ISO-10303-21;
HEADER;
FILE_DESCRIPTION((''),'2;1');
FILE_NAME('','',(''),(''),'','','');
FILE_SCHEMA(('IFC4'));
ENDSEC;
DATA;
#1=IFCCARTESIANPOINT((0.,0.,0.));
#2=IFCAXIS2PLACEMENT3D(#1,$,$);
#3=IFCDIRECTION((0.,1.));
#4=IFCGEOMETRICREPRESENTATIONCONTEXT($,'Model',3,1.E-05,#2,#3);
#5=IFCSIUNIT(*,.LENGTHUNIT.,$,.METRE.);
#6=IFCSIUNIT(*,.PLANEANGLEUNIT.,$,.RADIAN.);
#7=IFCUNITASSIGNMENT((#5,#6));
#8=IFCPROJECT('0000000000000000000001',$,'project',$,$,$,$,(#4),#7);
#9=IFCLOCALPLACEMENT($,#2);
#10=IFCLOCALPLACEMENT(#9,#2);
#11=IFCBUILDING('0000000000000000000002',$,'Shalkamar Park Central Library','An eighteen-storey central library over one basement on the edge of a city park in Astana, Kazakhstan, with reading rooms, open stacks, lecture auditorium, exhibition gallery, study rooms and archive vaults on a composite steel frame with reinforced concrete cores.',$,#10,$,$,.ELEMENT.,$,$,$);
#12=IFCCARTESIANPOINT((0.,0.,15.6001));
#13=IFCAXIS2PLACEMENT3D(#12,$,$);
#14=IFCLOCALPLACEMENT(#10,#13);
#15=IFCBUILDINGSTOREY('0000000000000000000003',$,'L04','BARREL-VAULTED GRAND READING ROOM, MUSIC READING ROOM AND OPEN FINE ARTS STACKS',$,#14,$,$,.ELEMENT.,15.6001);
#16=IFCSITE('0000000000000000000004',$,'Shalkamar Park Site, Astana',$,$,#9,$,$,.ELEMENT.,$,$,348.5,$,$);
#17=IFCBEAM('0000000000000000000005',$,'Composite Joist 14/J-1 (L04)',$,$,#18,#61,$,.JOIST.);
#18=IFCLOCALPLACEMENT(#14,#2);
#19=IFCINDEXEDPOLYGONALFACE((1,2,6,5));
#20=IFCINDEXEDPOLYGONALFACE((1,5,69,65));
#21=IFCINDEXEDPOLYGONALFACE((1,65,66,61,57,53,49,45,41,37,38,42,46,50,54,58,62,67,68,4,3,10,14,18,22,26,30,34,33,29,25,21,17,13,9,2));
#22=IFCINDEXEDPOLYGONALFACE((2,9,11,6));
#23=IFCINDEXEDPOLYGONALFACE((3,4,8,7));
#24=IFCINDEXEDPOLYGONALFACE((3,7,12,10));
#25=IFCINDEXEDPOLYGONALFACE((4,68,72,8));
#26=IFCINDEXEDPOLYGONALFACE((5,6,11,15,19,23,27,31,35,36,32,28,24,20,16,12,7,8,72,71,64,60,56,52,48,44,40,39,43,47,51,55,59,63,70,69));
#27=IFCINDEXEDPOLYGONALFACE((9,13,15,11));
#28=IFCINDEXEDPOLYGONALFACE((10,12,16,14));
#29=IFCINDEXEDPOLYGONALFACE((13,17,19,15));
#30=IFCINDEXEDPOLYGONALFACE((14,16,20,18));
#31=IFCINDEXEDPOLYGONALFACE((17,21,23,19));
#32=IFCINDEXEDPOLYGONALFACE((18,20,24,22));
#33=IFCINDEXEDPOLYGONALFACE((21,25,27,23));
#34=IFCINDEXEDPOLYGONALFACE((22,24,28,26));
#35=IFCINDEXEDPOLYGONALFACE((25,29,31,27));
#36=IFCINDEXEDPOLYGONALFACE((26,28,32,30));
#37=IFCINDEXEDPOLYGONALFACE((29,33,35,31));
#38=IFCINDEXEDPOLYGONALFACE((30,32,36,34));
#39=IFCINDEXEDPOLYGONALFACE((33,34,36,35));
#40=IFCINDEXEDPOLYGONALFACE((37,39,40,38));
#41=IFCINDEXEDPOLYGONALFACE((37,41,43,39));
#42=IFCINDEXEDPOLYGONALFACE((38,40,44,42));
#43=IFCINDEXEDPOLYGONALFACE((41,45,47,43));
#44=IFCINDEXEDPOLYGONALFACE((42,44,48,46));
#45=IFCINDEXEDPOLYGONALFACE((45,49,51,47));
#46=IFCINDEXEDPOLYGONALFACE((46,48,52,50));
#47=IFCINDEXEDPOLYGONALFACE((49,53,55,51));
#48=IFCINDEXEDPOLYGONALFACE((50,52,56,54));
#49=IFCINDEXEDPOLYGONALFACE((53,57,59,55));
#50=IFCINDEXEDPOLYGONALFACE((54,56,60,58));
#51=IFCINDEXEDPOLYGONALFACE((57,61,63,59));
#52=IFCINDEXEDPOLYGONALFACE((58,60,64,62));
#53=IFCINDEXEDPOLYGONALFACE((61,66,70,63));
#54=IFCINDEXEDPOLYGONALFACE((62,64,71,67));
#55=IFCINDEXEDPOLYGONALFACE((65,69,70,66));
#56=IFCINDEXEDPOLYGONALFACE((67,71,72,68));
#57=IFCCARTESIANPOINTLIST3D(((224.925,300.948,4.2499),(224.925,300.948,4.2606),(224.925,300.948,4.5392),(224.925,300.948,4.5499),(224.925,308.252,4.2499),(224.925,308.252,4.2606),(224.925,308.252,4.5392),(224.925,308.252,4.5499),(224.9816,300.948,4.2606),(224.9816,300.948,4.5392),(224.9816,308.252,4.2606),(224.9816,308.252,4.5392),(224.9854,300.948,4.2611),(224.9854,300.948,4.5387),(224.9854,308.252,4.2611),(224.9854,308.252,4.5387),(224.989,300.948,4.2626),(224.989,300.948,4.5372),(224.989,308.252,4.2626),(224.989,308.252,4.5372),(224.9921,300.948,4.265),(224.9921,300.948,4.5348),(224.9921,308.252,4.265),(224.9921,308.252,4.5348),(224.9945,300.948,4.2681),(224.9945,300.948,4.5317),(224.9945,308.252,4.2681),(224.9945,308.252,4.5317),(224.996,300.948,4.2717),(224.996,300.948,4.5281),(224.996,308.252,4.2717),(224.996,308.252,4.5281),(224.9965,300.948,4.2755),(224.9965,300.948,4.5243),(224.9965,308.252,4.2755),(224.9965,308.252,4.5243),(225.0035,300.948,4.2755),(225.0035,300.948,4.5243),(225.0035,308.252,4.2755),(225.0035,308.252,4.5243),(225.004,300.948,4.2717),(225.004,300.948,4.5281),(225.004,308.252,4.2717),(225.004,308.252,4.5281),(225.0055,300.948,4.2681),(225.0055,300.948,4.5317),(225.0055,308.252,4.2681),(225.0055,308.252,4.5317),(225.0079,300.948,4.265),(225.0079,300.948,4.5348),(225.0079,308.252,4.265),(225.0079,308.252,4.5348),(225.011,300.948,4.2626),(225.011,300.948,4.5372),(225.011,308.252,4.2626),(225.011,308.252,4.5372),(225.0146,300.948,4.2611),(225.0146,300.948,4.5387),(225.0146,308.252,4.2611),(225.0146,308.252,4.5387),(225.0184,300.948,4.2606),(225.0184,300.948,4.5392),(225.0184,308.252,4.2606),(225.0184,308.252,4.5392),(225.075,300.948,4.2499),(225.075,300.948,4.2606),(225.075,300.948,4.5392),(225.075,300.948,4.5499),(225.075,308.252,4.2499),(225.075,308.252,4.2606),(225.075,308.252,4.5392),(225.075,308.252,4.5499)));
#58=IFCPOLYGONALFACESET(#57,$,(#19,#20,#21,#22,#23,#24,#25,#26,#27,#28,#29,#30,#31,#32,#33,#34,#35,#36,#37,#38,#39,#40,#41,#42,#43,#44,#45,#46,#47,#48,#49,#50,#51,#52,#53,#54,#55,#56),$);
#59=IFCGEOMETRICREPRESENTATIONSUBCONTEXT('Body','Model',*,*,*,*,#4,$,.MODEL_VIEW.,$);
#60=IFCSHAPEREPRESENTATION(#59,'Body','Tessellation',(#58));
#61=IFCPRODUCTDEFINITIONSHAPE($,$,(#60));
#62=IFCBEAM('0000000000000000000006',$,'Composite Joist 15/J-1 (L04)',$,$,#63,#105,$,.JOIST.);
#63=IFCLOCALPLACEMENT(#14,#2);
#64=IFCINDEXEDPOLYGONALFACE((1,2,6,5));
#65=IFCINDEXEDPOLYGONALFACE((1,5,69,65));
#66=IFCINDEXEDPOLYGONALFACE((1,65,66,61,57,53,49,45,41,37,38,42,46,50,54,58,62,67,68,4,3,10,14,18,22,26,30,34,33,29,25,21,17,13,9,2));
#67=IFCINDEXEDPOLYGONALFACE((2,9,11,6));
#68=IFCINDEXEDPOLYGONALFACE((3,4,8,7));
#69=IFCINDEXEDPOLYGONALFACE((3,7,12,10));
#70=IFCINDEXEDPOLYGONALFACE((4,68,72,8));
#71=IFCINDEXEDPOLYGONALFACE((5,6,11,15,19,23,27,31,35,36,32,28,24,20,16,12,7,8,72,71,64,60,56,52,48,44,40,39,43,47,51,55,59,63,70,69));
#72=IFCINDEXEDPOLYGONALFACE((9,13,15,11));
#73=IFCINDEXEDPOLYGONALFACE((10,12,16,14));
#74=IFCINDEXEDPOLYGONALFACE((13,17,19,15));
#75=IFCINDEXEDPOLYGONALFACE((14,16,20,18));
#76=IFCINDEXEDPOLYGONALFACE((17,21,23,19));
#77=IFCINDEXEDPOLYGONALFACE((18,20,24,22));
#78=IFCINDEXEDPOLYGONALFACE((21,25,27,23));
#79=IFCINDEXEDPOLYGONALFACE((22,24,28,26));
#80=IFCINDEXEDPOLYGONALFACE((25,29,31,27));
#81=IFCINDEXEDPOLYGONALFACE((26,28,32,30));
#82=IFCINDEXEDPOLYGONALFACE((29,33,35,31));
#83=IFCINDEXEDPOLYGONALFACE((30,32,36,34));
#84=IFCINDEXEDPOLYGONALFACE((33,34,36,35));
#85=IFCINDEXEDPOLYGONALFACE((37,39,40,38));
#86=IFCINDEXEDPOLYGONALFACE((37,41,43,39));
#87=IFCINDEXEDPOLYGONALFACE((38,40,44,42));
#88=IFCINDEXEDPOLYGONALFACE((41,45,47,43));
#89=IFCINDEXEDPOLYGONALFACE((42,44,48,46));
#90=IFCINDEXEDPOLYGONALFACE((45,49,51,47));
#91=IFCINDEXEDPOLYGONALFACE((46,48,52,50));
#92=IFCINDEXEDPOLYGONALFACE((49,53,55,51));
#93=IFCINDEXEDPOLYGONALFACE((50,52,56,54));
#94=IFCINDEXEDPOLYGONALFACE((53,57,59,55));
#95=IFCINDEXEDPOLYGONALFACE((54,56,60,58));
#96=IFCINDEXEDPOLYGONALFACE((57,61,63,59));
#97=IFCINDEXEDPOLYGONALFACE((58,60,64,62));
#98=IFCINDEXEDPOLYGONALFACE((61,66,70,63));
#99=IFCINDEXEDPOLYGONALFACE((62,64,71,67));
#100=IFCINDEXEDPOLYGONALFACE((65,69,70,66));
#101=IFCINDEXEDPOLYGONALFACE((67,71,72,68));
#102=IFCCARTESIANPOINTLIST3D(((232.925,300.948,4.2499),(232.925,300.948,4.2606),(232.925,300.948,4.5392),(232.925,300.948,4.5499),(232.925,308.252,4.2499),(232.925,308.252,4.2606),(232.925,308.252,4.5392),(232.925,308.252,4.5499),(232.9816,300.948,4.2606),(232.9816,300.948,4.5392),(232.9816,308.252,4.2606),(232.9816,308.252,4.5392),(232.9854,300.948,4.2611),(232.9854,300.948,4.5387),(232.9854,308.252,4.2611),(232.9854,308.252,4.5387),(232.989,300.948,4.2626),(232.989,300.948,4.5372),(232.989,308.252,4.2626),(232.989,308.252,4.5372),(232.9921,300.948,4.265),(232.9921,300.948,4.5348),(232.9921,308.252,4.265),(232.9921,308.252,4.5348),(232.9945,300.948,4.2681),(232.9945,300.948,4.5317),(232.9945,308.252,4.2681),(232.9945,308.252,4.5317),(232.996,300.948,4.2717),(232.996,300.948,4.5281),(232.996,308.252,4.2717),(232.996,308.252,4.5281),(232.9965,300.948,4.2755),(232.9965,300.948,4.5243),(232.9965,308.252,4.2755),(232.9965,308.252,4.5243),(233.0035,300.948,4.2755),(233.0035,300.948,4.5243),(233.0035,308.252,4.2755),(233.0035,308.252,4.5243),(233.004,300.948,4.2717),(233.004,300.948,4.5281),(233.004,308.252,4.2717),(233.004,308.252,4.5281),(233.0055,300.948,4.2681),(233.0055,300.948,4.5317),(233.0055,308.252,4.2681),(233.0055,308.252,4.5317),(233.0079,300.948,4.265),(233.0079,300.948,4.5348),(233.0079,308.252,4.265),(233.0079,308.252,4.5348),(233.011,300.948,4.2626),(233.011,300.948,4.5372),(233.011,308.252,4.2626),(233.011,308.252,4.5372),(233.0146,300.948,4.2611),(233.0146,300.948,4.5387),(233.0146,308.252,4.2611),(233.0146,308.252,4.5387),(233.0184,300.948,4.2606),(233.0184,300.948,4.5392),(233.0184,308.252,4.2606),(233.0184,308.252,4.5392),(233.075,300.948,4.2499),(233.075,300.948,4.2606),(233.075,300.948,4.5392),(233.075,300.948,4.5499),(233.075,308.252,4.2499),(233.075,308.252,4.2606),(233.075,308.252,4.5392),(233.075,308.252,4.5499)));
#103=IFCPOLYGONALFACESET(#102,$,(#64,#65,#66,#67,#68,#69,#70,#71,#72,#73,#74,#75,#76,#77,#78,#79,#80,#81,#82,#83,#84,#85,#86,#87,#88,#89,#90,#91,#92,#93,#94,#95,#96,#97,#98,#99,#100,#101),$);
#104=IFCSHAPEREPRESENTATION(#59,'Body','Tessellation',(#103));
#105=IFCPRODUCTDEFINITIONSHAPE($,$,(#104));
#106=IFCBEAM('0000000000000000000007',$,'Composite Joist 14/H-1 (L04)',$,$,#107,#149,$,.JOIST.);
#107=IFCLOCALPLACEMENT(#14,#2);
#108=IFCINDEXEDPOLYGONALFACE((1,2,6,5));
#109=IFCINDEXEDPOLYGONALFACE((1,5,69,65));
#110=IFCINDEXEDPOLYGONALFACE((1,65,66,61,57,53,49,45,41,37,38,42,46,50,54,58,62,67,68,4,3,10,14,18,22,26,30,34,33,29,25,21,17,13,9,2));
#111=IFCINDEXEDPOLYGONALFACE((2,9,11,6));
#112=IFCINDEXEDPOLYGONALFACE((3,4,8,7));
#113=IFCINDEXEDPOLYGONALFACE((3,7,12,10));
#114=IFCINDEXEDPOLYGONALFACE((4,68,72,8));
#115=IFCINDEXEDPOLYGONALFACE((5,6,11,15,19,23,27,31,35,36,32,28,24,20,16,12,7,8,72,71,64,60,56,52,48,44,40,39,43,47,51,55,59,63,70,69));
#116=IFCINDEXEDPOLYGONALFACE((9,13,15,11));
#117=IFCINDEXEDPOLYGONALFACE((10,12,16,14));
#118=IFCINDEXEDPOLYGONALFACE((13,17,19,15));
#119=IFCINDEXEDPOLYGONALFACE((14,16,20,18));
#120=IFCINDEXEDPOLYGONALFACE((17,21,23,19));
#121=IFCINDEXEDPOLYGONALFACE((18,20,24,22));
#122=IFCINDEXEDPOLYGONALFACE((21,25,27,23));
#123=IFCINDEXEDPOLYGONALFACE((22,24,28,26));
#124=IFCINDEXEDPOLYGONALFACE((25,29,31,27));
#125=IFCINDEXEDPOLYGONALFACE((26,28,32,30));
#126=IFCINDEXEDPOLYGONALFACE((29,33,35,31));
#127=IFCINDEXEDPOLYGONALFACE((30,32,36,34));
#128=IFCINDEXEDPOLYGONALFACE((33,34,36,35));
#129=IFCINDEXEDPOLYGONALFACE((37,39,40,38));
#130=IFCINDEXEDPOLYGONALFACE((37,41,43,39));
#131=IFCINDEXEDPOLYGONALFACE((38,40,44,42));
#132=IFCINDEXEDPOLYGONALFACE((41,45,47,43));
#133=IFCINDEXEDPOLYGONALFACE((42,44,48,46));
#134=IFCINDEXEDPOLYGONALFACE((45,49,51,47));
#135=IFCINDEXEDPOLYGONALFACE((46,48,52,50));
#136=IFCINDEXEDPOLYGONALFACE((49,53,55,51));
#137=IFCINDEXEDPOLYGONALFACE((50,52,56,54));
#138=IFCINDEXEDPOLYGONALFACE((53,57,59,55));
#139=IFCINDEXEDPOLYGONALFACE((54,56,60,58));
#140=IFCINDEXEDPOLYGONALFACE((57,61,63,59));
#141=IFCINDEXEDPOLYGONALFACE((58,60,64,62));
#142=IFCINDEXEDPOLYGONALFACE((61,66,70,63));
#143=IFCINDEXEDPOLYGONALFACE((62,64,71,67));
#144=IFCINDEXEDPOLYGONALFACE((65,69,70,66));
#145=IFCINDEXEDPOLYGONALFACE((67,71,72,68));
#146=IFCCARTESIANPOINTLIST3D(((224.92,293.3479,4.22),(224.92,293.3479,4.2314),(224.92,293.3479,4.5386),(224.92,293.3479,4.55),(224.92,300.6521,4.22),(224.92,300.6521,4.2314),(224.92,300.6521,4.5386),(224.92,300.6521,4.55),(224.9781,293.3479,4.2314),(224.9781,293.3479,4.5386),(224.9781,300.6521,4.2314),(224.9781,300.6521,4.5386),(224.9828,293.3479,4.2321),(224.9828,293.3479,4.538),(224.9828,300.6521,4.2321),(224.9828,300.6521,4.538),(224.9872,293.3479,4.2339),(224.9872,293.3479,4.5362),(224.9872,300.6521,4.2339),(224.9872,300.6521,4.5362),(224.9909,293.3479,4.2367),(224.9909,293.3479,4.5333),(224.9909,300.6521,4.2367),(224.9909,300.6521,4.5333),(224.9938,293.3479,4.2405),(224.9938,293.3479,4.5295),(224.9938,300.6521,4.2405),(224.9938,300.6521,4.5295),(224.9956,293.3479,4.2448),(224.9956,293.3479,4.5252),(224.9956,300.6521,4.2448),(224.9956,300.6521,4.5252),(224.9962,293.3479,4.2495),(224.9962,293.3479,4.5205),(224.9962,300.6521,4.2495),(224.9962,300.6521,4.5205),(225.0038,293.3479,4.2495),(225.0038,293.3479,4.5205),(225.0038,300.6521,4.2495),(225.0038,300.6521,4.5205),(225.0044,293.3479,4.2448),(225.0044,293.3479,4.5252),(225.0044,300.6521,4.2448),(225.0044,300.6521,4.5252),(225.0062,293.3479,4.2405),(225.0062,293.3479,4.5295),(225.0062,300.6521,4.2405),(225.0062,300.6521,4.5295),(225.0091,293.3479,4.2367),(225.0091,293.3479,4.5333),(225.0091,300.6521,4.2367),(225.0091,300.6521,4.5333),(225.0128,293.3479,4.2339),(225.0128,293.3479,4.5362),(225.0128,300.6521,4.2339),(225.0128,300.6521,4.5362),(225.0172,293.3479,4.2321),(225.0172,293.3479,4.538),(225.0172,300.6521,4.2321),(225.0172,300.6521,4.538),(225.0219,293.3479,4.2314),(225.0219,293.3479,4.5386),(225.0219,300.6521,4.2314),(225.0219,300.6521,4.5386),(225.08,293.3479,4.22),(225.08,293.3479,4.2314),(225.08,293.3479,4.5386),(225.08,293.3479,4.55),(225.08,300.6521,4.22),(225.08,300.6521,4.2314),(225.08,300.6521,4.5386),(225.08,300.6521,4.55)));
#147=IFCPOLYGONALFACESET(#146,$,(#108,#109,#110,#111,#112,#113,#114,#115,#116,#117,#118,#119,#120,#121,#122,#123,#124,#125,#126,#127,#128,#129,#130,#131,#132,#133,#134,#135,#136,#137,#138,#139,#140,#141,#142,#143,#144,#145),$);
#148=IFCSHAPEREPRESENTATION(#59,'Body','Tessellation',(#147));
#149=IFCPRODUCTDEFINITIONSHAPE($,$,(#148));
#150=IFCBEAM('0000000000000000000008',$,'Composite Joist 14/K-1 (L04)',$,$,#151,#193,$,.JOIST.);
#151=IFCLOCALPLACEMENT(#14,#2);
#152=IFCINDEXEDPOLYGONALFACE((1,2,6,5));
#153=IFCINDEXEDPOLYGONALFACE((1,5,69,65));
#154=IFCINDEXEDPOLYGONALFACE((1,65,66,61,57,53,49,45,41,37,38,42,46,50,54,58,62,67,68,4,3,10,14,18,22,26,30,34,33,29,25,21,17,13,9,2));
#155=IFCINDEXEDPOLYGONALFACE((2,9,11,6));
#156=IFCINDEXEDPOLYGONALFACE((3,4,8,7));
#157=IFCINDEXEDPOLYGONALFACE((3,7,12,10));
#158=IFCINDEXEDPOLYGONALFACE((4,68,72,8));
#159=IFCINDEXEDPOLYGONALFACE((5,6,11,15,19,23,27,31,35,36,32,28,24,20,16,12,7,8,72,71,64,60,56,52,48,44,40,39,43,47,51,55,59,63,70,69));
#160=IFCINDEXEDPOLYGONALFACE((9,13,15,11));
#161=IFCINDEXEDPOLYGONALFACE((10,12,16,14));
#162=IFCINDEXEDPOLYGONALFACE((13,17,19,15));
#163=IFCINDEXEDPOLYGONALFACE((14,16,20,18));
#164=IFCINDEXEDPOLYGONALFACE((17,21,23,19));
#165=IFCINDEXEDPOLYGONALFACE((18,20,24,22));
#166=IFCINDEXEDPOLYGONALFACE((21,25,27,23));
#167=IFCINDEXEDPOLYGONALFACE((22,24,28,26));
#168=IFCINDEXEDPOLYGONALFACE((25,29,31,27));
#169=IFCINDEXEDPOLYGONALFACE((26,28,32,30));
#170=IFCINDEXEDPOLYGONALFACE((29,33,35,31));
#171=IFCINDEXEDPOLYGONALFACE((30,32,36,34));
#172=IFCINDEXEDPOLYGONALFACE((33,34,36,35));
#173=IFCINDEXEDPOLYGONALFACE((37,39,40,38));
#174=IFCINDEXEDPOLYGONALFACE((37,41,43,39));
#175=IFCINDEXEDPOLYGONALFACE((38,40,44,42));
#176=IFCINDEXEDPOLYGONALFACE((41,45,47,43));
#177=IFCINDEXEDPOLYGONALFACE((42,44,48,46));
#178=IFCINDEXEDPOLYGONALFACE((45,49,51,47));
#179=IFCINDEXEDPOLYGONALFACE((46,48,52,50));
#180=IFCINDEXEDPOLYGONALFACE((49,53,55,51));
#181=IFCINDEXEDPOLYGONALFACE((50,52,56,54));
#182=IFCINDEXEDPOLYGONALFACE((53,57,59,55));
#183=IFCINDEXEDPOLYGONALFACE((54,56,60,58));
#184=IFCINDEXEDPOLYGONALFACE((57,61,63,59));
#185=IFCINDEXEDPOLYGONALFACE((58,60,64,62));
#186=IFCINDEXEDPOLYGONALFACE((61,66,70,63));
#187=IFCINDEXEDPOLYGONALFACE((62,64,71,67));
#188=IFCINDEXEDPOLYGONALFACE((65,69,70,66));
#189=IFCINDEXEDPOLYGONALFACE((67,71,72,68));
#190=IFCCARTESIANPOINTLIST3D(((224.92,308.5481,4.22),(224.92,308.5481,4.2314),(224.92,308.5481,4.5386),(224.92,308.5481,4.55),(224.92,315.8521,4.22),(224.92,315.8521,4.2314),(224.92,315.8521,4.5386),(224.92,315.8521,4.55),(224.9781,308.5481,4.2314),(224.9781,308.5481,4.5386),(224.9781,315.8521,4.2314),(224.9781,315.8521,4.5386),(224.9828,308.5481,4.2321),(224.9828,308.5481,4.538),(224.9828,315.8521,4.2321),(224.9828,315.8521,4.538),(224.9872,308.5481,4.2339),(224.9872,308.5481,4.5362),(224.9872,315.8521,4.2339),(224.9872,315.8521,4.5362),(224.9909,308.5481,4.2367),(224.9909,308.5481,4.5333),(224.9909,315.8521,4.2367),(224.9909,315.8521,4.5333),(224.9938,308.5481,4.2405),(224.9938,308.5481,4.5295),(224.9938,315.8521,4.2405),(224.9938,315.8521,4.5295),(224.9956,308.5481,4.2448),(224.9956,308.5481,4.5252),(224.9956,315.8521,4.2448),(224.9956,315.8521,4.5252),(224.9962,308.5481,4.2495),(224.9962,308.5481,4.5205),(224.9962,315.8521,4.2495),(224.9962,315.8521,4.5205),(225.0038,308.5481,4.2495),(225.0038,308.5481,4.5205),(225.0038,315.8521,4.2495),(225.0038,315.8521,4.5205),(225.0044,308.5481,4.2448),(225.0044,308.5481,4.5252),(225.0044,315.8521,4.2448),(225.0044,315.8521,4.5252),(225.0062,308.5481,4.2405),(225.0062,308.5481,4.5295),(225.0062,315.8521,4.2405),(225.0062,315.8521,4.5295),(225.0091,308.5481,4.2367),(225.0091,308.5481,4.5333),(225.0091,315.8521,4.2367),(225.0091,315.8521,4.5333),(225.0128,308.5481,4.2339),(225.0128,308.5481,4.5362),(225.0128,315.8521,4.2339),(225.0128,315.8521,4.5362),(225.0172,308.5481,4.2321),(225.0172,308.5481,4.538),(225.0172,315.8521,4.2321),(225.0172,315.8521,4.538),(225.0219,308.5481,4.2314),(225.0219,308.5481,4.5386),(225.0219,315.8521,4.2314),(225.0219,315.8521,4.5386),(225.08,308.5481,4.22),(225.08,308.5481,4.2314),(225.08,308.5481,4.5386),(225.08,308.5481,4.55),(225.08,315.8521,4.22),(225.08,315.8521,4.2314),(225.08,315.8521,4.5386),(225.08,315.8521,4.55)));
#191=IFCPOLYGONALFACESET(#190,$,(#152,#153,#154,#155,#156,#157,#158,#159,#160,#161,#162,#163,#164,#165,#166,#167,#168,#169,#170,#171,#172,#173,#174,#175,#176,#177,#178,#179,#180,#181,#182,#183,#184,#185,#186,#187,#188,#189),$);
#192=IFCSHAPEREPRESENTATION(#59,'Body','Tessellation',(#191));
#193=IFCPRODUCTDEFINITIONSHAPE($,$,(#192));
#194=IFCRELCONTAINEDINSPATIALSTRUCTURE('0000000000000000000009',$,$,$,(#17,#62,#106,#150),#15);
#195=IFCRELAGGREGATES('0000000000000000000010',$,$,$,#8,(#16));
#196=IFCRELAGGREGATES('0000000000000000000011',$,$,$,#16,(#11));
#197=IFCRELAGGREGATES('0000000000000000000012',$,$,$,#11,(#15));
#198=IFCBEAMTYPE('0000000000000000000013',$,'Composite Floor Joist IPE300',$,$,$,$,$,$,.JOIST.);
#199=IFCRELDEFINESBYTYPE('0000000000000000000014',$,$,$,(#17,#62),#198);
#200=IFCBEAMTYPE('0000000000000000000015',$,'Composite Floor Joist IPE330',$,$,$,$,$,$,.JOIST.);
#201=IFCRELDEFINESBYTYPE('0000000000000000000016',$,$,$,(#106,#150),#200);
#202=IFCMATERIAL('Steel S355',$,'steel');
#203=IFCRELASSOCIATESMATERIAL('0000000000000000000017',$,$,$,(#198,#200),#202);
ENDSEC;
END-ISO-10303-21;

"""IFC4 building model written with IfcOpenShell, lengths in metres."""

from ifc_helpers import new_model, si_unit, direction, frame, origin, origin_2d, place, context, subcontext, project, spatial, i_section, extrude, material, material_profile, profile_set, type_object, element, save


model = new_model("IFC4")

# Units and contexts
model_context = context("Model", 3, precision=1e-05, world=origin(), true_north=direction((0.0, 1.0)))
body_context = subcontext(model_context, "Body", "Model", "MODEL_VIEW")
ifc_project = project(units=[si_unit("LENGTHUNIT", "METRE"), si_unit("PLANEANGLEUNIT", "RADIAN")], contexts=[model_context])

# Site, building, storey
site_placement = place(None, origin())
site = spatial("IfcSite", under=ifc_project, at=site_placement, Name="Shalkamar Park Site, Astana", CompositionType="ELEMENT", RefElevation=348.5)
building_placement = place(site_placement, origin())
building = spatial("IfcBuilding", under=site, at=building_placement, Name="Shalkamar Park Central Library", Description="An eighteen-storey central library over one basement on the edge of a city park in Astana, Kazakhstan, with reading rooms, open stacks, lecture auditorium, exhibition gallery, study rooms and archive vaults on a composite steel frame with reinforced concrete cores.", CompositionType="ELEMENT")
storey_placement = place(building_placement, frame((0.0, 0.0, 15.6001)))
storey = spatial("IfcBuildingStorey", under=building, at=storey_placement, Name="L04", Description="BARREL-VAULTED GRAND READING ROOM, MUSIC READING ROOM AND OPEN FINE ARTS STACKS", CompositionType="ELEMENT", Elevation=15.6001)

# Shared definitions
ifc_material = material(Name="Steel S355", Category="steel")

# Beams
ifc_material_profile_1 = material_profile(ifc_material, i_section(OverallWidth=0.1499, OverallDepth=0.3, WebThickness=0.0071, FlangeThickness=0.0107, FilletRadius=0.0149, at=origin_2d()), Name="IPE 300")
ifc_profile_set_1 = profile_set([ifc_material_profile_1], Name="Steel S355")
beam_type_1 = type_object("IfcBeamType", Name="Composite Floor Joist IPE300", PredefinedType="JOIST", material=ifc_profile_set_1)
for number, where, z_axis, x_axis, name in (
    (1, (225.0, 300.948, 4.3999), (0.0, 1.0, 0.0), (-1.0, 0.0, 0.0), "Composite Joist 14/J-1 (L04)"),
    (2, (233.0, 300.948, 4.3999), (0.0, 1.0, 0.0), (-1.0, 0.0, 0.0), "Composite Joist 15/J-1 (L04)"),
):
    element("IfcBeam", number, at=place(storey_placement, frame(where, z_axis=z_axis, x_axis=x_axis)), inside=storey, type_object=beam_type_1, Name=name, PredefinedType="JOIST", context=body_context, shape_type="SweptSolid", body=[
        extrude(i_section(OverallWidth=0.1499, OverallDepth=0.3, WebThickness=0.0071, FlangeThickness=0.0107, FilletRadius=0.0149, at=origin_2d()), origin(), (0.0, 0.0, 1.0), 7.304),
    ])
ifc_material_profile_2 = material_profile(ifc_material, i_section(OverallWidth=0.1599, OverallDepth=0.3301, WebThickness=0.0076, FlangeThickness=0.0115, FilletRadius=0.0181, at=origin_2d()), Name="IPE 330")
ifc_profile_set_2 = profile_set([ifc_material_profile_2], Name="Steel S355")
beam_type_2 = type_object("IfcBeamType", Name="Composite Floor Joist IPE330", PredefinedType="JOIST", material=ifc_profile_set_2)
beam_1_placement = place(storey_placement, frame((225.0, 293.3479, 4.385), z_axis=(0.0, 1.0, 0.0), x_axis=(-1.0, 0.0, 0.0)))
element("IfcBeam", 3, at=beam_1_placement, inside=storey, type_object=beam_type_2, Name="Composite Joist 14/H-1 (L04)", PredefinedType="JOIST", context=body_context, shape_type="SweptSolid", body=[
    extrude(i_section(OverallWidth=0.1599, OverallDepth=0.3301, WebThickness=0.0076, FlangeThickness=0.0115, FilletRadius=0.0181, at=origin_2d()), origin(), (0.0, 0.0, 1.0), 7.3042),
])
beam_2_placement = place(storey_placement, frame((225.0, 308.5481, 4.385), z_axis=(0.0, 1.0, 0.0), x_axis=(-1.0, 0.0, 0.0)))
element("IfcBeam", 4, at=beam_2_placement, inside=storey, type_object=beam_type_2, Name="Composite Joist 14/K-1 (L04)", PredefinedType="JOIST", context=body_context, shape_type="SweptSolid", body=[
    extrude(i_section(OverallWidth=0.1599, OverallDepth=0.3301, WebThickness=0.0076, FlangeThickness=0.0115, FilletRadius=0.0181, at=origin_2d()), origin(), (0.0, 0.0, 1.0), 7.304),
])

save(model, "model.ifc")
